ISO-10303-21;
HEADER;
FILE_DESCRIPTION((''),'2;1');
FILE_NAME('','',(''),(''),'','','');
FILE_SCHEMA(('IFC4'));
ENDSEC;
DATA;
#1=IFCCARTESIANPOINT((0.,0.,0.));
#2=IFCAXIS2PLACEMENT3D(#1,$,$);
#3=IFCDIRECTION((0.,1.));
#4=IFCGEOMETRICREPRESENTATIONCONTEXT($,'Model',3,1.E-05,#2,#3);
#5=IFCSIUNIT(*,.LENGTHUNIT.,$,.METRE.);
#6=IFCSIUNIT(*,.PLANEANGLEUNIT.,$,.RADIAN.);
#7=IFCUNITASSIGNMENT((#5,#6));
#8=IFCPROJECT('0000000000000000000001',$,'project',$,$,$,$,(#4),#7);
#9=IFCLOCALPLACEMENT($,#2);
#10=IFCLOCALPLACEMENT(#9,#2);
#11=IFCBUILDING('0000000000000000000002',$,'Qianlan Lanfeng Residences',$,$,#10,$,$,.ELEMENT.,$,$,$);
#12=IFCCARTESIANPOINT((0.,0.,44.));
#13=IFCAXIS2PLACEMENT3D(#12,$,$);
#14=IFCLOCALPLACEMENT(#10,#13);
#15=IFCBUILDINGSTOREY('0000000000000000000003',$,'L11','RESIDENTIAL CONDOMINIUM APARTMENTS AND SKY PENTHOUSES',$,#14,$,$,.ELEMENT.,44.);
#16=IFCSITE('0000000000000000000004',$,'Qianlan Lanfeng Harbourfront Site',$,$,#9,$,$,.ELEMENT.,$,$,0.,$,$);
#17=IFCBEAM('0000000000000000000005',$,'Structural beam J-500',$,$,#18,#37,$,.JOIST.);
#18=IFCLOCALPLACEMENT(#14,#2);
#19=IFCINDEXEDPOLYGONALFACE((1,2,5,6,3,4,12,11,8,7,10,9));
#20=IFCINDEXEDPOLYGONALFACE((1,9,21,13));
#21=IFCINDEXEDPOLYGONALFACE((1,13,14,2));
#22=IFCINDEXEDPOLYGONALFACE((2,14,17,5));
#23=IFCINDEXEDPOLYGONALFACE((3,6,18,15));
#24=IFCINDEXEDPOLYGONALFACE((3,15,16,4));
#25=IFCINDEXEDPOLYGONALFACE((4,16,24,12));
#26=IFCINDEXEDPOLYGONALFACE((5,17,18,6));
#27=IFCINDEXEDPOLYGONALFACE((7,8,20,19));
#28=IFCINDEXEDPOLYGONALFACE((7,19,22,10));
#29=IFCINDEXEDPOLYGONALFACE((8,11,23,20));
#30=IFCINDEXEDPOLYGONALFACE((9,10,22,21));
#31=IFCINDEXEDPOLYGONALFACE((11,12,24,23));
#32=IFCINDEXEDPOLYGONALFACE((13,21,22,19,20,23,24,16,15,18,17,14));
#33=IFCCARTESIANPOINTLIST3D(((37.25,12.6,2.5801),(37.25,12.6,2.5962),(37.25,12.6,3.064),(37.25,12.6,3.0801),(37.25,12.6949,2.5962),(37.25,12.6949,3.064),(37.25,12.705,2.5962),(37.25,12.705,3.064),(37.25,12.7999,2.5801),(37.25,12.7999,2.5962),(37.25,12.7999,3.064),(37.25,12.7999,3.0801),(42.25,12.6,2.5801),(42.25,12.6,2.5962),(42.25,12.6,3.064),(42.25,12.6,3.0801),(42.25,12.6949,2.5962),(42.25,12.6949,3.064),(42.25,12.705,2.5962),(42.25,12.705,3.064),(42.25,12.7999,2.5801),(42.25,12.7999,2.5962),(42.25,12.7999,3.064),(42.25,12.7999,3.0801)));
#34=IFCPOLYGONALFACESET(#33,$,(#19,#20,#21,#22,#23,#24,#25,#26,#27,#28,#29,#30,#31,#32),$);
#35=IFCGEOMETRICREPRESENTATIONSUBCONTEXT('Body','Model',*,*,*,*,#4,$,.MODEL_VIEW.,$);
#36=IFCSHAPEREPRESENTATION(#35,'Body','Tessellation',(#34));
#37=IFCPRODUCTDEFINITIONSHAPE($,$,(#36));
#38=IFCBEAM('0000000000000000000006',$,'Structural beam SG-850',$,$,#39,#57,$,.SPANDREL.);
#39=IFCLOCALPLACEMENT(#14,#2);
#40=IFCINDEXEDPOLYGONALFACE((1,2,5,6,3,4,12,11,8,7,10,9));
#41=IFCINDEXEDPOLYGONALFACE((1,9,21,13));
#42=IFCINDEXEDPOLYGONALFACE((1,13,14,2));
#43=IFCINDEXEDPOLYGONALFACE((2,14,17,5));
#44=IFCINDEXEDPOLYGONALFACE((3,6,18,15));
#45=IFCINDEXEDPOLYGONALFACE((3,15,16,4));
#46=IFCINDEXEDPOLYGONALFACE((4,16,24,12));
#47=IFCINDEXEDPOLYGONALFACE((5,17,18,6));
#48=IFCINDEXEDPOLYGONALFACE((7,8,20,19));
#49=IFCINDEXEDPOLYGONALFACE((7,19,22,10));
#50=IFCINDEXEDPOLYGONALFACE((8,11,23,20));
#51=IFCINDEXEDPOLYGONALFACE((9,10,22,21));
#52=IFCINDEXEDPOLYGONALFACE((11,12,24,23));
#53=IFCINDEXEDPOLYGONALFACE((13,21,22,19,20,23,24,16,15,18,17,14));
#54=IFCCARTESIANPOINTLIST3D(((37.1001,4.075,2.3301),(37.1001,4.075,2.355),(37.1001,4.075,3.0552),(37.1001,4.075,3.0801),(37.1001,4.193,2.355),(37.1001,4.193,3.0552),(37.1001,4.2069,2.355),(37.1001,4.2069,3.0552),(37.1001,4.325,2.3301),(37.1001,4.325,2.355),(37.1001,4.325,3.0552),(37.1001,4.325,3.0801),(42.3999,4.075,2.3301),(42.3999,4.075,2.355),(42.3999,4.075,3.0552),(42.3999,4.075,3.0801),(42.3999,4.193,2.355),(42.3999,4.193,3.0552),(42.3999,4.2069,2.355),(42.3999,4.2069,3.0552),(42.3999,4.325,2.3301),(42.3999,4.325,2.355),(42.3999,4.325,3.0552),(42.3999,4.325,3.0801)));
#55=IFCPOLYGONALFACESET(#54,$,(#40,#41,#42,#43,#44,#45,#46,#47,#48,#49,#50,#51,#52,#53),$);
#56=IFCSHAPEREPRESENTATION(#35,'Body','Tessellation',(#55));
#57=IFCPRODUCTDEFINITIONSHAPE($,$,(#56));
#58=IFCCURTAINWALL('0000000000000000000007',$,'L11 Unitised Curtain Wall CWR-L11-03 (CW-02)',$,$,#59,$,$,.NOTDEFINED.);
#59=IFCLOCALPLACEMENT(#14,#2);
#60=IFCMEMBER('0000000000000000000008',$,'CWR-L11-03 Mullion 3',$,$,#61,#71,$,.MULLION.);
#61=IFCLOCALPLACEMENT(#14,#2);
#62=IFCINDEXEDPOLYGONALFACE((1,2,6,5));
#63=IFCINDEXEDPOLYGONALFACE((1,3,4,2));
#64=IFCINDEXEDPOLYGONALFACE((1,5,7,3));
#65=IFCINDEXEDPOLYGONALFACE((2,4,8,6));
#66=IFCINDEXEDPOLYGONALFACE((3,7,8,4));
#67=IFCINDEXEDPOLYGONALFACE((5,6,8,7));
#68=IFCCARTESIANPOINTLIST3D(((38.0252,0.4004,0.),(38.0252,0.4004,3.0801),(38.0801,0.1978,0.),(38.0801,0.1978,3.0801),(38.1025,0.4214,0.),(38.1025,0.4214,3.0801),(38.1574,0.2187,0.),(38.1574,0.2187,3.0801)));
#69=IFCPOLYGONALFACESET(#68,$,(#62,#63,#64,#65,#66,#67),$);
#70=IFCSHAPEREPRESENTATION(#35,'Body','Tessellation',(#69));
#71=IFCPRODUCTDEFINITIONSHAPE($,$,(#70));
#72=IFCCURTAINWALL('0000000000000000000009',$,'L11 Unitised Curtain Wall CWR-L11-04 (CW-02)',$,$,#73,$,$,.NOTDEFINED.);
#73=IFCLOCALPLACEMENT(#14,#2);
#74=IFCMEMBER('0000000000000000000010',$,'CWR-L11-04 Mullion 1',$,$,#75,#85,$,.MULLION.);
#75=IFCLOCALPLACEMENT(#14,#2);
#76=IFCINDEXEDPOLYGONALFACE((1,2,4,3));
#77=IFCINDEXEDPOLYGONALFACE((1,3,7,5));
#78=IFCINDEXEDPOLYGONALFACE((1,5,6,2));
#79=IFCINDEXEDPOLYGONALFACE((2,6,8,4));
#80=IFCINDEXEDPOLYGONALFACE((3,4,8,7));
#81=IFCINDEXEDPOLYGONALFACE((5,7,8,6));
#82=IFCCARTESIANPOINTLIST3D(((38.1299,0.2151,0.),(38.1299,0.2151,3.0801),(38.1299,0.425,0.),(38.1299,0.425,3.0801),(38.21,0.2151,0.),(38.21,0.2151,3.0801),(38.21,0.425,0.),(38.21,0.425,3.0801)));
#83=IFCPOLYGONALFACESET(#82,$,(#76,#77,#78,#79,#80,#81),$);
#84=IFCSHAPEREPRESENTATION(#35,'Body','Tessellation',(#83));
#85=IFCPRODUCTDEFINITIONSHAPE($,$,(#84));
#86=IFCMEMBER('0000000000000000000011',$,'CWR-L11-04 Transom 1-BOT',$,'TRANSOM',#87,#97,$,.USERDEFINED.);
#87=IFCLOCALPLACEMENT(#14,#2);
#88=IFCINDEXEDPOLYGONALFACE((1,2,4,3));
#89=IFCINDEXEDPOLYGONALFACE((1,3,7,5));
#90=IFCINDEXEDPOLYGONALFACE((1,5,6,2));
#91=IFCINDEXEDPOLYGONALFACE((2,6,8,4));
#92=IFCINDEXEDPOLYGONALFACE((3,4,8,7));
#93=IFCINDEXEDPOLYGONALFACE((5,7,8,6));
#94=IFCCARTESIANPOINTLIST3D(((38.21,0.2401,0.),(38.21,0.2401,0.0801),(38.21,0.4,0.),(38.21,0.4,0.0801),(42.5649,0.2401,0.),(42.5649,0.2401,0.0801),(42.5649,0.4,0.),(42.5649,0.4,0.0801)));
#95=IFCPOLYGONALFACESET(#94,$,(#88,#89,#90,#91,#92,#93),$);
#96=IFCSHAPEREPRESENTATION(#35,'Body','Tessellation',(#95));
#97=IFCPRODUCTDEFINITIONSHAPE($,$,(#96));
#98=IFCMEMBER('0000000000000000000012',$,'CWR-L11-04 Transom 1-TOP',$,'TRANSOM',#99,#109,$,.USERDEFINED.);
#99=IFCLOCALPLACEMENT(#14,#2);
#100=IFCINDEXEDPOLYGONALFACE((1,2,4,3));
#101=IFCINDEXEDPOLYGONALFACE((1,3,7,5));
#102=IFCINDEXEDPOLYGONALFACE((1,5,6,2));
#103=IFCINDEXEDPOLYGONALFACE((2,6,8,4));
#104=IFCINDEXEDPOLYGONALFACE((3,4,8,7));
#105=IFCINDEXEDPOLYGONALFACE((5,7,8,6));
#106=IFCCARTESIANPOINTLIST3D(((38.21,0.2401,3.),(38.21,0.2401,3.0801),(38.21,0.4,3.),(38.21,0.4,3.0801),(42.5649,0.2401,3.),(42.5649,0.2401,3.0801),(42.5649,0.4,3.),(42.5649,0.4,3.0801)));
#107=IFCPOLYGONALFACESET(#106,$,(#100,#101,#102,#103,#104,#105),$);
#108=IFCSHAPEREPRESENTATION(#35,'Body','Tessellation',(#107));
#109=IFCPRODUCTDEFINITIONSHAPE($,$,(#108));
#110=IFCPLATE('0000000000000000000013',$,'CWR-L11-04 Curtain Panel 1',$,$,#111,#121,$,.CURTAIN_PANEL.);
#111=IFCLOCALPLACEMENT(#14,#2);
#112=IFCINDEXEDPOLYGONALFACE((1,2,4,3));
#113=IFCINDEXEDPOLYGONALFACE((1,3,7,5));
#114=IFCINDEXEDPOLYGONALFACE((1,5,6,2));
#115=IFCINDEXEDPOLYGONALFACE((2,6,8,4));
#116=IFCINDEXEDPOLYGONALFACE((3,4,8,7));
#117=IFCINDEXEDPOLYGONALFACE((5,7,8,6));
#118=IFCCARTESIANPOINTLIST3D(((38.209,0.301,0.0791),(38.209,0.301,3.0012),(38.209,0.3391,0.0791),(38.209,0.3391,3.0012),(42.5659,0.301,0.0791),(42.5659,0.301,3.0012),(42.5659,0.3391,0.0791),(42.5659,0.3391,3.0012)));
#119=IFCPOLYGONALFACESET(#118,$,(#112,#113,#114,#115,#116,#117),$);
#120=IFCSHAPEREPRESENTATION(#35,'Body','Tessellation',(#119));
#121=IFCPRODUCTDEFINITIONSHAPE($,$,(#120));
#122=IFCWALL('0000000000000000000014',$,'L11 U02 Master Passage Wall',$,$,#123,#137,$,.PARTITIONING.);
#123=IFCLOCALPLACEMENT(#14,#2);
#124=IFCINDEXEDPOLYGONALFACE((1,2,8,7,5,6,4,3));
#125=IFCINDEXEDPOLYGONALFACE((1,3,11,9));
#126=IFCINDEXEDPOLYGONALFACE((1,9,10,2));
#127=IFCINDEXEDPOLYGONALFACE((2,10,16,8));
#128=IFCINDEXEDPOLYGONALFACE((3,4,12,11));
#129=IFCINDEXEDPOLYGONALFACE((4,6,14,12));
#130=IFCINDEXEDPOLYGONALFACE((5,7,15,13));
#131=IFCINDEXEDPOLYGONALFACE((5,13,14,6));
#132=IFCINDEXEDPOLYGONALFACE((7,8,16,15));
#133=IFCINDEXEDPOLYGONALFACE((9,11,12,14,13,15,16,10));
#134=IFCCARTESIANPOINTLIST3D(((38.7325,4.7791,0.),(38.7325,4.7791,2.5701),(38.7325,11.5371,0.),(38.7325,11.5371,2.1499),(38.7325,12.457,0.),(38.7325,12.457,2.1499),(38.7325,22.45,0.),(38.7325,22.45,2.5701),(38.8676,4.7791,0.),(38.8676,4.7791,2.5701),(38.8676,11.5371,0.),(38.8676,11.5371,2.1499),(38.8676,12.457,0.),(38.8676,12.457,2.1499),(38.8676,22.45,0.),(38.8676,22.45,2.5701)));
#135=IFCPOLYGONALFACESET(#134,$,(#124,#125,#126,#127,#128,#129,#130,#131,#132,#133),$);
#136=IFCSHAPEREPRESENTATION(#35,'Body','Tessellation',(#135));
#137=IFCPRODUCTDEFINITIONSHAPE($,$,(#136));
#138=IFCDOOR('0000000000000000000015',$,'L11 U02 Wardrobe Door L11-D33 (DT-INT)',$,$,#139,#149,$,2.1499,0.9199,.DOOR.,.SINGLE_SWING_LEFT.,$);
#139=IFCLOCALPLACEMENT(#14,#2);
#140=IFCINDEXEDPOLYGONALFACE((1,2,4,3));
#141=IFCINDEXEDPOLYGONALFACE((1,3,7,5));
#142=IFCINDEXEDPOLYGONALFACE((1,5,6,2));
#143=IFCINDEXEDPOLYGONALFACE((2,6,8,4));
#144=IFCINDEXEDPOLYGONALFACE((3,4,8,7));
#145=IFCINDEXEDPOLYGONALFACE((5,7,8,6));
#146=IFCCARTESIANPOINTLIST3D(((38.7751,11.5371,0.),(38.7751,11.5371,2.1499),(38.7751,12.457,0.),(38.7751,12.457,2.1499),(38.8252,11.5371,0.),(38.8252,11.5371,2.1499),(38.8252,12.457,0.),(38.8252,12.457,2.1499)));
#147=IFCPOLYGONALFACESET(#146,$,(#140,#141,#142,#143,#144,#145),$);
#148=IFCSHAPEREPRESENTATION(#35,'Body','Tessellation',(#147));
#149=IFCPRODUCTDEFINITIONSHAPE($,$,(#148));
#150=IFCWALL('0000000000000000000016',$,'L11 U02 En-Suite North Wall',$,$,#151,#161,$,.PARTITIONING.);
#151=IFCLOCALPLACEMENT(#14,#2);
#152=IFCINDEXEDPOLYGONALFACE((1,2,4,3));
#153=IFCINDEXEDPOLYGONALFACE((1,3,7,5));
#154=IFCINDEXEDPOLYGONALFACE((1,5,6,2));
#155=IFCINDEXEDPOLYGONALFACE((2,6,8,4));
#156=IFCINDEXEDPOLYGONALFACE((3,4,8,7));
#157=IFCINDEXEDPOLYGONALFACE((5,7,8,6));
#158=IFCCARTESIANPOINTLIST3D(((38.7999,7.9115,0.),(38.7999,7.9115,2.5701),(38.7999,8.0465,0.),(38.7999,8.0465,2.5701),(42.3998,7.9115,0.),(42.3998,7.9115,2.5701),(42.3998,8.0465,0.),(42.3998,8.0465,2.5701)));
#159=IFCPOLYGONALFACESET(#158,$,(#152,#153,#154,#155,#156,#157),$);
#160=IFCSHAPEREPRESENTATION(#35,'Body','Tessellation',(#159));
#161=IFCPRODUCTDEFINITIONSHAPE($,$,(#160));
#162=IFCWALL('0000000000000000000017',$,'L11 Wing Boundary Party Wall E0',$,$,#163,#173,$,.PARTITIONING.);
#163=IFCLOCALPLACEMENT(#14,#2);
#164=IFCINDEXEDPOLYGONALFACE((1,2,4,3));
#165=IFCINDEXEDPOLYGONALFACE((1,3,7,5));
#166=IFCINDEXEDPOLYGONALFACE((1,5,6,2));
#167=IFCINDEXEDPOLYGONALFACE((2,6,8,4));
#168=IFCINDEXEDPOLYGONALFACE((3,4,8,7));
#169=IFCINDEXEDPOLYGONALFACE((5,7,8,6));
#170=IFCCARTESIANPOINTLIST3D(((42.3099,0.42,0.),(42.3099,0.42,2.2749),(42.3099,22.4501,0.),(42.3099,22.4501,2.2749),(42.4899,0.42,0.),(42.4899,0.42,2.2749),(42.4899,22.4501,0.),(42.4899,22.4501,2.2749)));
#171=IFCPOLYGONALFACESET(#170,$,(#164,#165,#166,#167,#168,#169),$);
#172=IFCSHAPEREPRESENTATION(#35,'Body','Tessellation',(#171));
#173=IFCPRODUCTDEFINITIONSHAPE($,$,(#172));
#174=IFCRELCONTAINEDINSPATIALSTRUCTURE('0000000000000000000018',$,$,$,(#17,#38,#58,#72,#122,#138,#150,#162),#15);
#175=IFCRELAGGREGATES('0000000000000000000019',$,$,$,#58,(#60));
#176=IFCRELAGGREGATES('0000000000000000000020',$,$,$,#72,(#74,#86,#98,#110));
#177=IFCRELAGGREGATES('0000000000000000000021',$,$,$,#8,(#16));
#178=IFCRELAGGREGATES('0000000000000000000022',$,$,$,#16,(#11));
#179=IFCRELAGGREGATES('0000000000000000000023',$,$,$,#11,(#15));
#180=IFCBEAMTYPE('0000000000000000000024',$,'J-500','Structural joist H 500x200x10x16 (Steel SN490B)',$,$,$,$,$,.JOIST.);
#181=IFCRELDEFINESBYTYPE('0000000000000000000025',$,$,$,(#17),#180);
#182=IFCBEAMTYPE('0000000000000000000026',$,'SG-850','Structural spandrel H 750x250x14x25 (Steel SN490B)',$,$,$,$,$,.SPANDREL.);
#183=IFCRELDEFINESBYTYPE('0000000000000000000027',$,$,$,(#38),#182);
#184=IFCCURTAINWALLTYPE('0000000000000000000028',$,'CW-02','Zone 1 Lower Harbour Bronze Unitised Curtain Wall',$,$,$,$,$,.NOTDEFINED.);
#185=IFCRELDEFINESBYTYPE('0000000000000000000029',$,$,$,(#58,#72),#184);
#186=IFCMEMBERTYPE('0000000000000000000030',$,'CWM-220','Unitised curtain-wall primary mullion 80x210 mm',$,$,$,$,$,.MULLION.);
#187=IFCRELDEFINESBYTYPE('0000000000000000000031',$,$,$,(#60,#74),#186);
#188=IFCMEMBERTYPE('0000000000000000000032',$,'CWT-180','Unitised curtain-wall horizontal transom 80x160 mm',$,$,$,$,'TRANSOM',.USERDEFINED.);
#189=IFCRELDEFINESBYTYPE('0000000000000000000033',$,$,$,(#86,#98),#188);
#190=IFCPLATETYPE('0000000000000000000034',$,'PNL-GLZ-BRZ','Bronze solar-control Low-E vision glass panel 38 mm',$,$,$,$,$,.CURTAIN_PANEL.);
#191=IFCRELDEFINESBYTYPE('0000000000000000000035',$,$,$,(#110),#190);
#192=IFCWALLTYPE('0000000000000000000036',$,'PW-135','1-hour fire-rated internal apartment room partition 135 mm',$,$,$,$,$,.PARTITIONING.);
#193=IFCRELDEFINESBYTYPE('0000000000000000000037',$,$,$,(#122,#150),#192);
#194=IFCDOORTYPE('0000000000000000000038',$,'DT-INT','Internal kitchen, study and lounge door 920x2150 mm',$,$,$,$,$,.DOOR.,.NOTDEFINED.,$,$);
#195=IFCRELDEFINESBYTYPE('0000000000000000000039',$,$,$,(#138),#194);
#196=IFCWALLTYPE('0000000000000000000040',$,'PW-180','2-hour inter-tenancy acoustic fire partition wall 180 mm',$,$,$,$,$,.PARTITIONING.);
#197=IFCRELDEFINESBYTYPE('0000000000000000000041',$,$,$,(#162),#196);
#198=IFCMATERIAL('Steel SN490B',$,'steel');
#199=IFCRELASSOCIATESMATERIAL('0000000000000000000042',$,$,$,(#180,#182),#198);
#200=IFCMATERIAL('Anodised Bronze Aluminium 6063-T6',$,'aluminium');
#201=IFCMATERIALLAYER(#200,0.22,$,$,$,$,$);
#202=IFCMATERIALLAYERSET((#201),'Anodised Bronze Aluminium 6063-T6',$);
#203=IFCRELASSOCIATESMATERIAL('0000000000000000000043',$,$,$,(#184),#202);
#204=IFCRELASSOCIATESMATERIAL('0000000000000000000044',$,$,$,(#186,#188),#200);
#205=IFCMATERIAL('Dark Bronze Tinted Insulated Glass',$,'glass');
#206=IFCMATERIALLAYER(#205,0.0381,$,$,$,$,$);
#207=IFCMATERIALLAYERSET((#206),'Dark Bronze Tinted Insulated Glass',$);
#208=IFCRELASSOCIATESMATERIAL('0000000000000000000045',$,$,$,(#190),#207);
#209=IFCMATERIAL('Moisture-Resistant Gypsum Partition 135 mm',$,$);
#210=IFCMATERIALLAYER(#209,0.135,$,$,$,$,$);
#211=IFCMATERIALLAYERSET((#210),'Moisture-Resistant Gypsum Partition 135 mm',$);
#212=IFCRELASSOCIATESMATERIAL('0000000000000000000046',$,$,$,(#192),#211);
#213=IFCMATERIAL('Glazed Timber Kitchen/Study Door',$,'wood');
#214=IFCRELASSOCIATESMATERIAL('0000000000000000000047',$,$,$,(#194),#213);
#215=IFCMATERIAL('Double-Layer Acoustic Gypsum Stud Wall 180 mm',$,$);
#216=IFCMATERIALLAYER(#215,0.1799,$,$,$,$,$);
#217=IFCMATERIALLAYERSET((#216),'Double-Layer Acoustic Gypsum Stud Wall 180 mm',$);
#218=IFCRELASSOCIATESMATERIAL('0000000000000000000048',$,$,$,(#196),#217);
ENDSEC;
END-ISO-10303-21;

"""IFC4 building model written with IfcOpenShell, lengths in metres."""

from ifc_helpers import new_model, si_unit, direction, frame, frame_2d, origin, origin_2d, place, context, subcontext, project, spatial, rectangle, i_section, extrude, source, transform, mapped, material, layer, layer_set, material_profile, profile_set, type_object, element, fill, aggregate, save


model = new_model("IFC4")

# Units and contexts
model_context = context("Model", 3, precision=1e-05, world=origin(), true_north=direction((0.0, 1.0)))
body_context = subcontext(model_context, "Body", "Model", "MODEL_VIEW")
ifc_project = project(units=[si_unit("LENGTHUNIT", "METRE"), si_unit("PLANEANGLEUNIT", "RADIAN")], contexts=[model_context])

# Site, building, storey
site_placement = place(None, origin())
site = spatial("IfcSite", under=ifc_project, at=site_placement, Name="Qianlan Lanfeng Harbourfront Site", CompositionType="ELEMENT", RefElevation=0.0)
building_placement = place(site_placement, origin())
building = spatial("IfcBuilding", under=site, at=building_placement, Name="Qianlan Lanfeng Residences", CompositionType="ELEMENT")
storey_placement = place(building_placement, frame((0.0, 0.0, 44.0)))
storey = spatial("IfcBuildingStorey", under=building, at=storey_placement, Name="L11", Description="RESIDENTIAL CONDOMINIUM APARTMENTS AND SKY PENTHOUSES", CompositionType="ELEMENT", Elevation=44.0)

# Shared definitions
ifc_material_1 = material(Name="Steel SN490B", Category="steel")

# Beams
ifc_material_profile_1 = material_profile(ifc_material_1, i_section(OverallWidth=0.2, OverallDepth=0.5, WebThickness=0.01, FlangeThickness=0.0161, at=origin_2d()), Name="H 500x200x10x16")
ifc_profile_set_1 = profile_set([ifc_material_profile_1], Name="Steel SN490B")
beam_type_1 = type_object("IfcBeamType", Name="J-500", Description="Structural joist H 500x200x10x16 (Steel SN490B)", PredefinedType="JOIST", material=ifc_profile_set_1)
beam_1_placement = place(storey_placement, frame((37.25, 12.7, 2.8301), z_axis=(1.0, 0.0, 0.0), x_axis=(0.0, 1.0, 0.0)))
element("IfcBeam", 1, at=beam_1_placement, inside=storey, type_object=beam_type_1, Name="Structural beam J-500", PredefinedType="JOIST", context=body_context, shape_type="SweptSolid", body=[
    extrude(i_section(OverallWidth=0.2, OverallDepth=0.5, WebThickness=0.01, FlangeThickness=0.0161, at=origin_2d()), origin(), (0.0, 0.0, 1.0), 5.0),
])
ifc_material_profile_2 = material_profile(ifc_material_1, i_section(OverallWidth=0.25, OverallDepth=0.75, WebThickness=0.0139, FlangeThickness=0.0249, at=origin_2d()), Name="H 750x250x14x25")
ifc_profile_set_2 = profile_set([ifc_material_profile_2], Name="Steel SN490B")
beam_type_2 = type_object("IfcBeamType", Name="SG-850", Description="Structural spandrel H 750x250x14x25 (Steel SN490B)", PredefinedType="SPANDREL", material=ifc_profile_set_2)
beam_2_placement = place(storey_placement, frame((37.1001, 4.2, 2.7051), z_axis=(1.0, 0.0, 0.0), x_axis=(0.0, 1.0, 0.0)))
element("IfcBeam", 2, at=beam_2_placement, inside=storey, type_object=beam_type_2, Name="Structural beam SG-850", PredefinedType="SPANDREL", context=body_context, shape_type="SweptSolid", body=[
    extrude(i_section(OverallWidth=0.25, OverallDepth=0.75, WebThickness=0.0139, FlangeThickness=0.0249, at=origin_2d()), origin(), (0.0, 0.0, 1.0), 5.2998),
])

# Curtain wall, member
ifc_material_2 = material(Name="Anodised Bronze Aluminium 6063-T6", Category="aluminium")
ifc_layer_1 = layer(ifc_material_2, 0.22)
ifc_layer_set_1 = layer_set([ifc_layer_1], Name="Anodised Bronze Aluminium 6063-T6")
curtain_wall_type = type_object("IfcCurtainWallType", Name="CW-02", Description="Zone 1 Lower Harbour Bronze Unitised Curtain Wall", PredefinedType="NOTDEFINED", material=ifc_layer_set_1)
curtain_wall_1_placement = place(storey_placement, origin())
curtain_wall_1 = element("IfcCurtainWall", 3, at=curtain_wall_1_placement, inside=storey, type_object=curtain_wall_type, Name="L11 Unitised Curtain Wall CWR-L11-03 (CW-02)", PredefinedType="NOTDEFINED")
ifc_material_profile_3 = material_profile(ifc_material_2, rectangle(XDim=0.0801, YDim=0.21, at=origin_2d()), Name="ALU MULLION 80x210")
ifc_profile_set_3 = profile_set([ifc_material_profile_3], Name="Anodised Bronze Aluminium 6063-T6")
member_type_1 = type_object("IfcMemberType", Name="CWM-220", Description="Unitised curtain-wall primary mullion 80x210 mm", PredefinedType="MULLION", material=ifc_profile_set_3)
shared_shape_1 = source(origin(), body_context, "Body", "SweptSolid", [
    extrude(rectangle(XDim=0.0801, YDim=0.21, at=origin_2d()), origin(), (0.0, 0.0, 1.0), 3.0801),
])
member_1_placement = place(storey_placement, frame((38.0913, 0.3096, 0.0), z_axis=(0.0, 0.0, 1.0), x_axis=(0.965263, 0.261281, 0.0)))
member_1 = element("IfcMember", 4, at=member_1_placement, type_object=member_type_1, Name="CWR-L11-03 Mullion 3", PredefinedType="MULLION", context=body_context, shape_type="MappedRepresentation", body=[
    mapped(shared_shape_1, transform((0.0, 0.0, 0.0), scale=1.0)),
])
aggregate(curtain_wall_1, [member_1])

# Curtain wall, members, plate
curtain_wall_2_placement = place(storey_placement, origin())
curtain_wall_2 = element("IfcCurtainWall", 5, at=curtain_wall_2_placement, inside=storey, type_object=curtain_wall_type, Name="L11 Unitised Curtain Wall CWR-L11-04 (CW-02)", PredefinedType="NOTDEFINED")
member_2_placement = place(storey_placement, frame((38.1699, 0.3201, 0.0), z_axis=(0.0, 0.0, 1.0), x_axis=(1.0, 0.0, 0.0)))
member_2 = element("IfcMember", 6, at=member_2_placement, type_object=member_type_1, Name="CWR-L11-04 Mullion 1", PredefinedType="MULLION", context=body_context, shape_type="MappedRepresentation", body=[
    mapped(shared_shape_1, transform((0.0, 0.0, 0.0), scale=1.0)),
])
ifc_material_profile_4 = material_profile(ifc_material_2, rectangle(XDim=0.0801, YDim=0.1599, at=origin_2d()), Name="ALU TRANSOM 80x160")
ifc_profile_set_4 = profile_set([ifc_material_profile_4], Name="Anodised Bronze Aluminium 6063-T6")
member_type_2 = type_object("IfcMemberType", Name="CWT-180", Description="Unitised curtain-wall horizontal transom 80x160 mm", ElementType="TRANSOM", PredefinedType="USERDEFINED", material=ifc_profile_set_4)
shared_shape_2 = source(origin(), body_context, "Body", "SweptSolid", [
    extrude(rectangle(XDim=0.0801, YDim=0.1599, at=origin_2d()), origin(), (0.0, 0.0, 1.0), 4.355),
])
member_3_placement = place(storey_placement, frame((38.21, 0.3201, 0.04), z_axis=(1.0, 0.0, 0.0), x_axis=(0.0, 0.0, 1.0)))
member_3 = element("IfcMember", 7, at=member_3_placement, type_object=member_type_2, Name="CWR-L11-04 Transom 1-BOT", ObjectType="TRANSOM", PredefinedType="USERDEFINED", context=body_context, shape_type="MappedRepresentation", body=[
    mapped(shared_shape_2, transform((0.0, 0.0, 0.0), scale=1.0)),
])
member_4_placement = place(storey_placement, frame((38.21, 0.3201, 3.04), z_axis=(1.0, 0.0, 0.0), x_axis=(0.0, 0.0, 1.0)))
member_4 = element("IfcMember", 8, at=member_4_placement, type_object=member_type_2, Name="CWR-L11-04 Transom 1-TOP", ObjectType="TRANSOM", PredefinedType="USERDEFINED", context=body_context, shape_type="MappedRepresentation", body=[
    mapped(shared_shape_2, transform((0.0, 0.0, 0.0), scale=1.0)),
])
ifc_material_3 = material(Name="Dark Bronze Tinted Insulated Glass", Category="glass")
ifc_layer_2 = layer(ifc_material_3, 0.0381)
ifc_layer_set_2 = layer_set([ifc_layer_2], Name="Dark Bronze Tinted Insulated Glass")
plate_type = type_object("IfcPlateType", Name="PNL-GLZ-BRZ", Description="Bronze solar-control Low-E vision glass panel 38 mm", PredefinedType="CURTAIN_PANEL", material=ifc_layer_set_2)
shared_shape_3 = source(origin(), body_context, "Body", "SweptSolid", [
    extrude(rectangle(XDim=4.3569, YDim=0.0381, at=origin_2d()), origin(), (0.0, 0.0, 1.0), 2.9221),
])
plate_placement = place(storey_placement, frame((40.3875, 0.3201, 0.0791), z_axis=(0.0, 0.0, 1.0), x_axis=(1.0, 0.0, 0.0)))
plate = element("IfcPlate", 9, at=plate_placement, type_object=plate_type, Name="CWR-L11-04 Curtain Panel 1", PredefinedType="CURTAIN_PANEL", context=body_context, shape_type="MappedRepresentation", body=[
    mapped(shared_shape_3, transform((0.0, 0.0, 0.0), scale=1.0)),
])
aggregate(curtain_wall_2, [member_2, member_3, member_4, plate])

# Wall, opening, door
ifc_material_4 = material(Name="Moisture-Resistant Gypsum Partition 135 mm")
ifc_layer_3 = layer(ifc_material_4, 0.135)
ifc_layer_set_3 = layer_set([ifc_layer_3], Name="Moisture-Resistant Gypsum Partition 135 mm")
wall_type_1 = type_object("IfcWallType", Name="PW-135", Description="1-hour fire-rated internal apartment room partition 135 mm", PredefinedType="PARTITIONING", material=ifc_layer_set_3)
wall_1_placement = place(storey_placement, frame((38.8, 4.7791, 0.0), z_axis=(0.0, 0.0, 1.0), x_axis=(0.0, 1.0, 0.0)))
wall_1 = element("IfcWall", 10, at=wall_1_placement, inside=storey, type_object=wall_type_1, Name="L11 U02 Master Passage Wall", PredefinedType="PARTITIONING", context=body_context, shape_type="SweptSolid", body=[
    extrude(rectangle(XDim=17.6709, YDim=0.135, at=frame_2d((8.8354, 0.0))), origin(), (0.0, 0.0, 1.0), 2.5701),
])
opening_placement = place(wall_1_placement, frame((6.7581, 0.0, 0.0)))
opening = element("IfcOpeningElement", 11, at=opening_placement, cuts=wall_1, PredefinedType="OPENING", context=body_context, shape_type="SweptSolid", body=[
    extrude(rectangle(XDim=0.9199, YDim=2.1499, at=frame_2d((0.46, 1.075))), frame((0.0, 0.0776, 0.0), z_axis=(0.0, -1.0, 0.0), x_axis=(1.0, 0.0, 0.0)), (0.0, 0.0, 1.0), 0.155),
])
ifc_material_5 = material(Name="Glazed Timber Kitchen/Study Door", Category="wood")
door_type = type_object("IfcDoorType", Name="DT-INT", Description="Internal kitchen, study and lounge door 920x2150 mm", OperationType="NOTDEFINED", PredefinedType="DOOR", material=ifc_material_5)
door_placement = place(opening_placement, origin())
door = element("IfcDoor", 12, at=door_placement, inside=storey, type_object=door_type, Name="L11 U02 Wardrobe Door L11-D33 (DT-INT)", OperationType="SINGLE_SWING_LEFT", OverallHeight=2.1499, OverallWidth=0.9199, PredefinedType="DOOR", context=body_context, shape_type="SweptSolid", body=[
    extrude(rectangle(XDim=0.9199, YDim=2.1499, at=frame_2d((0.46, 1.075))), frame((0.0, 0.0249, 0.0), z_axis=(0.0, -1.0, 0.0), x_axis=(1.0, 0.0, 0.0)), (0.0, 0.0, 1.0), 0.05),
])
fill(opening, door)

# Walls
wall_2_placement = place(storey_placement, frame((38.8, 7.979, 0.0), z_axis=(0.0, 0.0, 1.0), x_axis=(1.0, 0.0, 0.0)))
element("IfcWall", 13, at=wall_2_placement, inside=storey, type_object=wall_type_1, Name="L11 U02 En-Suite North Wall", PredefinedType="PARTITIONING", context=body_context, shape_type="SweptSolid", body=[
    extrude(rectangle(XDim=3.5999, YDim=0.135, at=frame_2d((1.7998, 0.0))), origin(), (0.0, 0.0, 1.0), 2.5701),
])
ifc_material_6 = material(Name="Double-Layer Acoustic Gypsum Stud Wall 180 mm")
ifc_layer_4 = layer(ifc_material_6, 0.1799)
ifc_layer_set_4 = layer_set([ifc_layer_4], Name="Double-Layer Acoustic Gypsum Stud Wall 180 mm")
wall_type_2 = type_object("IfcWallType", Name="PW-180", Description="2-hour inter-tenancy acoustic fire partition wall 180 mm", PredefinedType="PARTITIONING", material=ifc_layer_set_4)
wall_3_placement = place(storey_placement, frame((42.3999, 0.4199, 0.0), z_axis=(0.0, 0.0, 1.0), x_axis=(0.0, 1.0, 0.0)))
element("IfcWall", 14, at=wall_3_placement, inside=storey, type_object=wall_type_2, Name="L11 Wing Boundary Party Wall E0", PredefinedType="PARTITIONING", context=body_context, shape_type="SweptSolid", body=[
    extrude(rectangle(XDim=22.03, YDim=0.1799, at=frame_2d((11.0151, 0.0))), origin(), (0.0, 0.0, 1.0), 2.2749),
])

save(model, "model.ifc")
